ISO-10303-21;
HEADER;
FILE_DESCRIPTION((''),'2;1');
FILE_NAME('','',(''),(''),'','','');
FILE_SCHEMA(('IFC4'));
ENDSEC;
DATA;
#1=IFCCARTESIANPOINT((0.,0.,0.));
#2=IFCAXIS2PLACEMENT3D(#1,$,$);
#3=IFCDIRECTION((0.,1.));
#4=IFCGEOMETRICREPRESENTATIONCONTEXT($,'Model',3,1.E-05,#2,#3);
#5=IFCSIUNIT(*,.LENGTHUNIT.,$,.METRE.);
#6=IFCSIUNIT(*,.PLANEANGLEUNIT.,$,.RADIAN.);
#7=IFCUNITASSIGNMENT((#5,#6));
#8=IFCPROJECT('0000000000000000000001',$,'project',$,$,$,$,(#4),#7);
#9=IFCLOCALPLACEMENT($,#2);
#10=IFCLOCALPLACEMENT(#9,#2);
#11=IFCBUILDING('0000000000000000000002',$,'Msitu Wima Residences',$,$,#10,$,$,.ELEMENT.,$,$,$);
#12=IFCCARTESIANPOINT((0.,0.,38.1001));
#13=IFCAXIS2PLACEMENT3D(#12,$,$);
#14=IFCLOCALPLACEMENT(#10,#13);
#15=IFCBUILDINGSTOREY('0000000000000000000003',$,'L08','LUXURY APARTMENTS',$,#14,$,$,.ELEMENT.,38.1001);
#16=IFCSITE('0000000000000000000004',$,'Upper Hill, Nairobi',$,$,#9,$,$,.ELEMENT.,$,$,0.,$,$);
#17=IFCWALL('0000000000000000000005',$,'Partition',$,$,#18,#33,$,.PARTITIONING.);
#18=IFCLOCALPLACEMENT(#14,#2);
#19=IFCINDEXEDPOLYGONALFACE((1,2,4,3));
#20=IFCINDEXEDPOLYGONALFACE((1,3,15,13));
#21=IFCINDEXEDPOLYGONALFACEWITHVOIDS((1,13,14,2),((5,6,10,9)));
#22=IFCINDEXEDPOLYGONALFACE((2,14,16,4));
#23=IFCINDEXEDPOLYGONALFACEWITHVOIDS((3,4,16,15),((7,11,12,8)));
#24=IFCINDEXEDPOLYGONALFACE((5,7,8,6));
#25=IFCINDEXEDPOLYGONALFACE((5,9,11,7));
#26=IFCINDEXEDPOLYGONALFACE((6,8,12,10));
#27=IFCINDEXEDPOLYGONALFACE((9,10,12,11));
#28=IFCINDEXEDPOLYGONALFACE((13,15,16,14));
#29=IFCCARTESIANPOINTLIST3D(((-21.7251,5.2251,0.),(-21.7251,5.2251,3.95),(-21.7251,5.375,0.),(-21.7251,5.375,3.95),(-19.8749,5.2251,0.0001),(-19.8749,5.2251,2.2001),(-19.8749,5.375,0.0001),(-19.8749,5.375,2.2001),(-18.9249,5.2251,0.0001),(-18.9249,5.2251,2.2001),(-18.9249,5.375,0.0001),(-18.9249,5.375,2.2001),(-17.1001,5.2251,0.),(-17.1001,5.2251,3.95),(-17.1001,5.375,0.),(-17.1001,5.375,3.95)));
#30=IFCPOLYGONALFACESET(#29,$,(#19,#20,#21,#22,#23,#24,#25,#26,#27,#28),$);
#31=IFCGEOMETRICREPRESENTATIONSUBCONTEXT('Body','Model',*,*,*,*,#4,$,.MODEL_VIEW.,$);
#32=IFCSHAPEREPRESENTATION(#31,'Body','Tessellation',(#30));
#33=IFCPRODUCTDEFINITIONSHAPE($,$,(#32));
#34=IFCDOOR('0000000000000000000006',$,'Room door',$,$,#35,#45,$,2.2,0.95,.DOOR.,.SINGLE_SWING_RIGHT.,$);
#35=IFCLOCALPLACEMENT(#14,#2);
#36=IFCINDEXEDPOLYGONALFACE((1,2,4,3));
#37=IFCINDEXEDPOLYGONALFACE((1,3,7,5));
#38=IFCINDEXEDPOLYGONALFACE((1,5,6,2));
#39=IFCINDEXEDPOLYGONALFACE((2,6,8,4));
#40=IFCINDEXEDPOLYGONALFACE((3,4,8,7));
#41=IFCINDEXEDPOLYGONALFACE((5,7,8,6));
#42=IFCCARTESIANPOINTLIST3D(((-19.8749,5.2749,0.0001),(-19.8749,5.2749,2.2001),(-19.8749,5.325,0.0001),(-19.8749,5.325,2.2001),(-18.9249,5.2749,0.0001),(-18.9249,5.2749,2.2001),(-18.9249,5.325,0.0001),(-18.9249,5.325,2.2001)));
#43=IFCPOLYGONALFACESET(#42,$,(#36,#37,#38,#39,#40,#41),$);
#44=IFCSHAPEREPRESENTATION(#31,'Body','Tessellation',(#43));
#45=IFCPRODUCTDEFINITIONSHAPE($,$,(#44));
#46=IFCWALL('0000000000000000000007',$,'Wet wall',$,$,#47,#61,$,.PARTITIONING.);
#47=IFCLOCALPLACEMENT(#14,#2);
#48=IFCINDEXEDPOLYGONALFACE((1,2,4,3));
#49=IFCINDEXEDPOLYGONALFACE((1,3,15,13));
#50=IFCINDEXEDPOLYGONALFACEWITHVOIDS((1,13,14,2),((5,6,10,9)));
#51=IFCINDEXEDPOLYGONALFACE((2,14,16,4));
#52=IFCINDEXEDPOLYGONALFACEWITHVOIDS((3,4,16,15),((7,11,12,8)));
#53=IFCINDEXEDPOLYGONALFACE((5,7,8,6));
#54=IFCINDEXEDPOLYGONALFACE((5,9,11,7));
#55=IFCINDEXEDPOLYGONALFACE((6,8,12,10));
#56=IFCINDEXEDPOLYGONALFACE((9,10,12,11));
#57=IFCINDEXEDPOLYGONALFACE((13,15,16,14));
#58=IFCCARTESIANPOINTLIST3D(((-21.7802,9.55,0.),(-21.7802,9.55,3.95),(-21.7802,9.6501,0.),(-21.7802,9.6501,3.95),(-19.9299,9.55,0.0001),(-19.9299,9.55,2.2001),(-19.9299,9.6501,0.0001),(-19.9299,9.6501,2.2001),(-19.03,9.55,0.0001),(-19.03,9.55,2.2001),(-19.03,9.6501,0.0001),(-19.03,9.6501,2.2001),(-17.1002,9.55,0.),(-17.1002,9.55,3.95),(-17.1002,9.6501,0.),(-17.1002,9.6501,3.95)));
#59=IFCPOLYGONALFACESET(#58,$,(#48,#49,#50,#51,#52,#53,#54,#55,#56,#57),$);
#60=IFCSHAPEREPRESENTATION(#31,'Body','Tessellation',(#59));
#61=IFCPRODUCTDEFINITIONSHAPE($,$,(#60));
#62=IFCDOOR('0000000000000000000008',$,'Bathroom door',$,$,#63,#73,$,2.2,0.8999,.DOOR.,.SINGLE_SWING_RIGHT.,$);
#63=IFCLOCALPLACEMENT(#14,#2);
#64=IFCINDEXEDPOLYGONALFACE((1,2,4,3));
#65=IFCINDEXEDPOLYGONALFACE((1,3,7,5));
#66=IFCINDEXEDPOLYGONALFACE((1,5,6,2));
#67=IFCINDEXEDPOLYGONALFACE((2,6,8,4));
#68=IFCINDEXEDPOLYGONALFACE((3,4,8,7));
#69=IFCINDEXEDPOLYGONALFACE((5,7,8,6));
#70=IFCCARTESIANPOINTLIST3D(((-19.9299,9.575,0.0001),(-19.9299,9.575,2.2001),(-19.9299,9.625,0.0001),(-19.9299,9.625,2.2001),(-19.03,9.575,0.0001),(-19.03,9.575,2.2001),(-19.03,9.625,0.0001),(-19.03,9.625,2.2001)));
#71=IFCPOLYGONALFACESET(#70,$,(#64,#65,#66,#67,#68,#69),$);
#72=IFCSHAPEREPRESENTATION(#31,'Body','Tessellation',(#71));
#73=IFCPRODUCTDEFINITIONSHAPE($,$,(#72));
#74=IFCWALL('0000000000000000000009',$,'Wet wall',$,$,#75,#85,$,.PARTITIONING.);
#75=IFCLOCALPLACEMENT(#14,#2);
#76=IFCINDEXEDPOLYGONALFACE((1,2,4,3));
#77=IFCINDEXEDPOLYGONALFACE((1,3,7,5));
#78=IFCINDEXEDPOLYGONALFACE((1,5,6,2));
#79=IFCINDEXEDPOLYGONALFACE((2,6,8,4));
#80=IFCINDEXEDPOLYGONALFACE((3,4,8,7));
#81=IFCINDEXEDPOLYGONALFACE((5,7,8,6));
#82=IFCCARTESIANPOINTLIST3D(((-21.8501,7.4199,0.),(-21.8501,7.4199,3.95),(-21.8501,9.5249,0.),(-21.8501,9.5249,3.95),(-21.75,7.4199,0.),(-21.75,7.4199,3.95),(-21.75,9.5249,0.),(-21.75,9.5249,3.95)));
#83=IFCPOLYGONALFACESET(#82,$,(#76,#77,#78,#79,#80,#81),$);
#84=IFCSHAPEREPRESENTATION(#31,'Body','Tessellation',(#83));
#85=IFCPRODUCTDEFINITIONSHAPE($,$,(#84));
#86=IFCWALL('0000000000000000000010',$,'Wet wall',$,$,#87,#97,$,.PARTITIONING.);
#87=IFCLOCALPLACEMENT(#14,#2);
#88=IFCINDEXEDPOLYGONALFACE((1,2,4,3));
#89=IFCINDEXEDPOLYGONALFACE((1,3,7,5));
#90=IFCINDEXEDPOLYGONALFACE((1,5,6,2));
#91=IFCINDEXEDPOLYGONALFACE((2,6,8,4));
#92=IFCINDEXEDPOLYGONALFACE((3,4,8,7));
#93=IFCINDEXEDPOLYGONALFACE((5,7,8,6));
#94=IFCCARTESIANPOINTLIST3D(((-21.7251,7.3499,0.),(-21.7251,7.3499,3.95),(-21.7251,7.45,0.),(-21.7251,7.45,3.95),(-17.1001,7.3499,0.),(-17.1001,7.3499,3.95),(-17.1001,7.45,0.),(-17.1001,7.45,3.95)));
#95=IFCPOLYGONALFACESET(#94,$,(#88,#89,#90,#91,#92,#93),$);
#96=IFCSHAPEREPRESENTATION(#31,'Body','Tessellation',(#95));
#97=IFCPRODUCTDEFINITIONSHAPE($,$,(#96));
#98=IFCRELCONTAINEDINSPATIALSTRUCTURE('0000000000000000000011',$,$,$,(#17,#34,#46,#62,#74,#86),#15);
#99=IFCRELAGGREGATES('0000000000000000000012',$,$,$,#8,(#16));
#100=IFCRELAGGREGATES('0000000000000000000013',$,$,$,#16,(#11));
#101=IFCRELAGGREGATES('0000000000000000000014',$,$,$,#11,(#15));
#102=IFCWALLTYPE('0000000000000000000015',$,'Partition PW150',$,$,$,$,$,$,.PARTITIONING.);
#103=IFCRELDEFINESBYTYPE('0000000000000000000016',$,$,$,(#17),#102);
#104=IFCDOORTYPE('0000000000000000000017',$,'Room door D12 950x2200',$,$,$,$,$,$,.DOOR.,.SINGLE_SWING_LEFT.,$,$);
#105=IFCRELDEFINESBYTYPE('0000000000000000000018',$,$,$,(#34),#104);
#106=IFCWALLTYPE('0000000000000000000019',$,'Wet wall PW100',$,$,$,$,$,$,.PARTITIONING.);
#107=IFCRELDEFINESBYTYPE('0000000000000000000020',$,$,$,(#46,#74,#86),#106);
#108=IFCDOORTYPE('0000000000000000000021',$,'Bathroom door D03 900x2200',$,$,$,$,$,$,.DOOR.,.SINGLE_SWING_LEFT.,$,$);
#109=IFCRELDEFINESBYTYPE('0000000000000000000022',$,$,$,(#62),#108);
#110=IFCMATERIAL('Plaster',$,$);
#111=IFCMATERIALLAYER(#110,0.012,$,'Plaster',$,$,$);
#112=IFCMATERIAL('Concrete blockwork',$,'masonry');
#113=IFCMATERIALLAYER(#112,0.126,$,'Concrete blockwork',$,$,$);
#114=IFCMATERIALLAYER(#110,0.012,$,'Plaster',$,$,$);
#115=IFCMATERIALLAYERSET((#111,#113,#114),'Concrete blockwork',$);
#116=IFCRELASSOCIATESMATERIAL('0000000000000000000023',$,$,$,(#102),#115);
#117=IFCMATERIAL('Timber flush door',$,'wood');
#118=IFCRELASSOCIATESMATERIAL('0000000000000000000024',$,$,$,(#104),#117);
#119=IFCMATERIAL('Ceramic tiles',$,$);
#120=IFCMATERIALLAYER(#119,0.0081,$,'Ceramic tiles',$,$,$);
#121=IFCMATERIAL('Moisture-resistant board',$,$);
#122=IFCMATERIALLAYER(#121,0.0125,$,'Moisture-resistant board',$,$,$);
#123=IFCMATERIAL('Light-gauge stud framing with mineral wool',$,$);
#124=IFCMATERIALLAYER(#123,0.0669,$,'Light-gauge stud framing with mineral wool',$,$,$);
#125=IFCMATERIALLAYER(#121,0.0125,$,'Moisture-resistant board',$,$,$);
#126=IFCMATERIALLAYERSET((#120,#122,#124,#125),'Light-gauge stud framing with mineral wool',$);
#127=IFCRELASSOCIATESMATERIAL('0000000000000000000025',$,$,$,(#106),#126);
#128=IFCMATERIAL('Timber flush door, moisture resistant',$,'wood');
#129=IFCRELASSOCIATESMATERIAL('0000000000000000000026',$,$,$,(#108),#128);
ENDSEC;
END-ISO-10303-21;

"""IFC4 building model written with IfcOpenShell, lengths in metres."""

from ifc_helpers import new_model, si_unit, direction, frame, frame_2d, origin, place, context, subcontext, project, spatial, rectangle, extrude, material, layer, layer_set, type_object, element, fill, save


model = new_model("IFC4")

# Units and contexts
model_context = context("Model", 3, precision=1e-05, world=origin(), true_north=direction((0.0, 1.0)))
body_context = subcontext(model_context, "Body", "Model", "MODEL_VIEW")
ifc_project = project(units=[si_unit("LENGTHUNIT", "METRE"), si_unit("PLANEANGLEUNIT", "RADIAN")], contexts=[model_context])

# Site, building, storey
site_placement = place(None, origin())
site = spatial("IfcSite", under=ifc_project, at=site_placement, Name="Upper Hill, Nairobi", CompositionType="ELEMENT", RefElevation=0.0)
building_placement = place(site_placement, origin())
building = spatial("IfcBuilding", under=site, at=building_placement, Name="Msitu Wima Residences", CompositionType="ELEMENT")
storey_placement = place(building_placement, frame((0.0, 0.0, 38.1001)))
storey = spatial("IfcBuildingStorey", under=building, at=storey_placement, Name="L08", Description="LUXURY APARTMENTS", CompositionType="ELEMENT", Elevation=38.1001)

# Shared definitions
ifc_material_1 = material(Name="Plaster")
ifc_material_2 = material(Name="Concrete blockwork", Category="masonry")

# Walls, openings, doors
ifc_layer_1 = layer(ifc_material_1, 0.012, Name="Plaster")
ifc_layer_2 = layer(ifc_material_2, 0.126, Name="Concrete blockwork")
ifc_layer_3 = layer(ifc_material_1, 0.012, Name="Plaster")
ifc_layer_set_1 = layer_set([ifc_layer_1, ifc_layer_2, ifc_layer_3], Name="Concrete blockwork")
wall_type_1 = type_object("IfcWallType", Name="Partition PW150", PredefinedType="PARTITIONING", material=ifc_layer_set_1)
ifc_material_3 = material(Name="Timber flush door", Category="wood")
door_type_1 = type_object("IfcDoorType", Name="Room door D12 950x2200", OperationType="SINGLE_SWING_LEFT", PredefinedType="DOOR", material=ifc_material_3)
wall_1_placement = place(storey_placement, frame((-21.7251, 5.3, 0.0), z_axis=(0.0, 0.0, 1.0), x_axis=(1.0, 0.0, 0.0)))
wall_1 = element("IfcWall", 1, at=wall_1_placement, inside=storey, type_object=wall_type_1, Name="Partition", PredefinedType="PARTITIONING", context=body_context, shape_type="SweptSolid", body=[
    extrude(rectangle(XDim=4.625, YDim=0.1499, at=frame_2d((2.3125, 0.0))), origin(), (0.0, 0.0, 1.0), 3.95),
])
opening_1_placement = place(wall_1_placement, frame((1.8501, 0.0, 0.0)))
opening_1 = element("IfcOpeningElement", 2, at=opening_1_placement, cuts=wall_1, PredefinedType="OPENING", context=body_context, shape_type="SweptSolid", body=[
    extrude(rectangle(XDim=0.95, YDim=2.2, at=frame_2d((0.4751, 1.1001))), frame((0.0, 0.085, 0.0), z_axis=(0.0, -1.0, 0.0), x_axis=(1.0, 0.0, 0.0)), (0.0, 0.0, 1.0), 0.1699),
])
door_1_placement = place(opening_1_placement, origin())
door_1 = element("IfcDoor", 3, at=door_1_placement, inside=storey, type_object=door_type_1, Name="Room door", OperationType="SINGLE_SWING_RIGHT", OverallHeight=2.2, OverallWidth=0.95, PredefinedType="DOOR", context=body_context, shape_type="SweptSolid", body=[
    extrude(rectangle(XDim=0.95, YDim=2.2, at=frame_2d((0.4751, 1.1001))), frame((0.0, 0.0249, 0.0), z_axis=(0.0, -1.0, 0.0), x_axis=(1.0, 0.0, 0.0)), (0.0, 0.0, 1.0), 0.05),
])
fill(opening_1, door_1)
ifc_material_4 = material(Name="Ceramic tiles")
ifc_layer_4 = layer(ifc_material_4, 0.0081, Name="Ceramic tiles")
ifc_material_5 = material(Name="Moisture-resistant board")
ifc_layer_5 = layer(ifc_material_5, 0.0125, Name="Moisture-resistant board")
ifc_material_6 = material(Name="Light-gauge stud framing with mineral wool")
ifc_layer_6 = layer(ifc_material_6, 0.0669, Name="Light-gauge stud framing with mineral wool")
ifc_layer_7 = layer(ifc_material_5, 0.0125, Name="Moisture-resistant board")
ifc_layer_set_2 = layer_set([ifc_layer_4, ifc_layer_5, ifc_layer_6, ifc_layer_7], Name="Light-gauge stud framing with mineral wool")
wall_type_2 = type_object("IfcWallType", Name="Wet wall PW100", PredefinedType="PARTITIONING", material=ifc_layer_set_2)
wall_2_placement = place(storey_placement, frame((-21.78, 9.6001, 0.0), z_axis=(0.0, 0.0, 1.0), x_axis=(1.0, 0.0, 0.0)))
wall_2 = element("IfcWall", 4, at=wall_2_placement, inside=storey, type_object=wall_type_2, Name="Wet wall", PredefinedType="PARTITIONING", context=body_context, shape_type="SweptSolid", body=[
    extrude(rectangle(XDim=4.6799, YDim=0.1001, at=frame_2d((2.3398, 0.0))), origin(), (0.0, 0.0, 1.0), 3.95),
])
opening_2_placement = place(wall_2_placement, frame((1.8501, 0.0, 0.0)))
opening_2 = element("IfcOpeningElement", 5, at=opening_2_placement, cuts=wall_2, PredefinedType="OPENING", context=body_context, shape_type="SweptSolid", body=[
    extrude(rectangle(XDim=0.8999, YDim=2.2, at=frame_2d((0.45, 1.1001))), frame((0.0, 0.0601, 0.0), z_axis=(0.0, -1.0, 0.0), x_axis=(1.0, 0.0, 0.0)), (0.0, 0.0, 1.0), 0.1201),
])
ifc_material_7 = material(Name="Timber flush door, moisture resistant", Category="wood")
door_type_2 = type_object("IfcDoorType", Name="Bathroom door D03 900x2200", OperationType="SINGLE_SWING_LEFT", PredefinedType="DOOR", material=ifc_material_7)
door_2_placement = place(opening_2_placement, origin())
door_2 = element("IfcDoor", 6, at=door_2_placement, inside=storey, type_object=door_type_2, Name="Bathroom door", OperationType="SINGLE_SWING_RIGHT", OverallHeight=2.2, OverallWidth=0.8999, PredefinedType="DOOR", context=body_context, shape_type="SweptSolid", body=[
    extrude(rectangle(XDim=0.8999, YDim=2.2, at=frame_2d((0.45, 1.1001))), frame((0.0, 0.0249, 0.0), z_axis=(0.0, -1.0, 0.0), x_axis=(1.0, 0.0, 0.0)), (0.0, 0.0, 1.0), 0.05),
])
fill(opening_2, door_2)

# Walls
wall_3_placement = place(storey_placement, frame((-21.8, 7.4199, 0.0), z_axis=(0.0, 0.0, 1.0), x_axis=(0.0, 1.0, 0.0)))
element("IfcWall", 7, at=wall_3_placement, inside=storey, type_object=wall_type_2, Name="Wet wall", PredefinedType="PARTITIONING", context=body_context, shape_type="SweptSolid", body=[
    extrude(rectangle(XDim=2.105, YDim=0.1001, at=frame_2d((1.0525, 0.0))), origin(), (0.0, 0.0, 1.0), 3.95),
])
wall_4_placement = place(storey_placement, frame((-21.7251, 7.3999, 0.0), z_axis=(0.0, 0.0, 1.0), x_axis=(1.0, 0.0, 0.0)))
element("IfcWall", 8, at=wall_4_placement, inside=storey, type_object=wall_type_2, Name="Wet wall", PredefinedType="PARTITIONING", context=body_context, shape_type="SweptSolid", body=[
    extrude(rectangle(XDim=4.625, YDim=0.1001, at=frame_2d((2.3125, 0.0))), origin(), (0.0, 0.0, 1.0), 3.95),
])

save(model, "model.ifc")
